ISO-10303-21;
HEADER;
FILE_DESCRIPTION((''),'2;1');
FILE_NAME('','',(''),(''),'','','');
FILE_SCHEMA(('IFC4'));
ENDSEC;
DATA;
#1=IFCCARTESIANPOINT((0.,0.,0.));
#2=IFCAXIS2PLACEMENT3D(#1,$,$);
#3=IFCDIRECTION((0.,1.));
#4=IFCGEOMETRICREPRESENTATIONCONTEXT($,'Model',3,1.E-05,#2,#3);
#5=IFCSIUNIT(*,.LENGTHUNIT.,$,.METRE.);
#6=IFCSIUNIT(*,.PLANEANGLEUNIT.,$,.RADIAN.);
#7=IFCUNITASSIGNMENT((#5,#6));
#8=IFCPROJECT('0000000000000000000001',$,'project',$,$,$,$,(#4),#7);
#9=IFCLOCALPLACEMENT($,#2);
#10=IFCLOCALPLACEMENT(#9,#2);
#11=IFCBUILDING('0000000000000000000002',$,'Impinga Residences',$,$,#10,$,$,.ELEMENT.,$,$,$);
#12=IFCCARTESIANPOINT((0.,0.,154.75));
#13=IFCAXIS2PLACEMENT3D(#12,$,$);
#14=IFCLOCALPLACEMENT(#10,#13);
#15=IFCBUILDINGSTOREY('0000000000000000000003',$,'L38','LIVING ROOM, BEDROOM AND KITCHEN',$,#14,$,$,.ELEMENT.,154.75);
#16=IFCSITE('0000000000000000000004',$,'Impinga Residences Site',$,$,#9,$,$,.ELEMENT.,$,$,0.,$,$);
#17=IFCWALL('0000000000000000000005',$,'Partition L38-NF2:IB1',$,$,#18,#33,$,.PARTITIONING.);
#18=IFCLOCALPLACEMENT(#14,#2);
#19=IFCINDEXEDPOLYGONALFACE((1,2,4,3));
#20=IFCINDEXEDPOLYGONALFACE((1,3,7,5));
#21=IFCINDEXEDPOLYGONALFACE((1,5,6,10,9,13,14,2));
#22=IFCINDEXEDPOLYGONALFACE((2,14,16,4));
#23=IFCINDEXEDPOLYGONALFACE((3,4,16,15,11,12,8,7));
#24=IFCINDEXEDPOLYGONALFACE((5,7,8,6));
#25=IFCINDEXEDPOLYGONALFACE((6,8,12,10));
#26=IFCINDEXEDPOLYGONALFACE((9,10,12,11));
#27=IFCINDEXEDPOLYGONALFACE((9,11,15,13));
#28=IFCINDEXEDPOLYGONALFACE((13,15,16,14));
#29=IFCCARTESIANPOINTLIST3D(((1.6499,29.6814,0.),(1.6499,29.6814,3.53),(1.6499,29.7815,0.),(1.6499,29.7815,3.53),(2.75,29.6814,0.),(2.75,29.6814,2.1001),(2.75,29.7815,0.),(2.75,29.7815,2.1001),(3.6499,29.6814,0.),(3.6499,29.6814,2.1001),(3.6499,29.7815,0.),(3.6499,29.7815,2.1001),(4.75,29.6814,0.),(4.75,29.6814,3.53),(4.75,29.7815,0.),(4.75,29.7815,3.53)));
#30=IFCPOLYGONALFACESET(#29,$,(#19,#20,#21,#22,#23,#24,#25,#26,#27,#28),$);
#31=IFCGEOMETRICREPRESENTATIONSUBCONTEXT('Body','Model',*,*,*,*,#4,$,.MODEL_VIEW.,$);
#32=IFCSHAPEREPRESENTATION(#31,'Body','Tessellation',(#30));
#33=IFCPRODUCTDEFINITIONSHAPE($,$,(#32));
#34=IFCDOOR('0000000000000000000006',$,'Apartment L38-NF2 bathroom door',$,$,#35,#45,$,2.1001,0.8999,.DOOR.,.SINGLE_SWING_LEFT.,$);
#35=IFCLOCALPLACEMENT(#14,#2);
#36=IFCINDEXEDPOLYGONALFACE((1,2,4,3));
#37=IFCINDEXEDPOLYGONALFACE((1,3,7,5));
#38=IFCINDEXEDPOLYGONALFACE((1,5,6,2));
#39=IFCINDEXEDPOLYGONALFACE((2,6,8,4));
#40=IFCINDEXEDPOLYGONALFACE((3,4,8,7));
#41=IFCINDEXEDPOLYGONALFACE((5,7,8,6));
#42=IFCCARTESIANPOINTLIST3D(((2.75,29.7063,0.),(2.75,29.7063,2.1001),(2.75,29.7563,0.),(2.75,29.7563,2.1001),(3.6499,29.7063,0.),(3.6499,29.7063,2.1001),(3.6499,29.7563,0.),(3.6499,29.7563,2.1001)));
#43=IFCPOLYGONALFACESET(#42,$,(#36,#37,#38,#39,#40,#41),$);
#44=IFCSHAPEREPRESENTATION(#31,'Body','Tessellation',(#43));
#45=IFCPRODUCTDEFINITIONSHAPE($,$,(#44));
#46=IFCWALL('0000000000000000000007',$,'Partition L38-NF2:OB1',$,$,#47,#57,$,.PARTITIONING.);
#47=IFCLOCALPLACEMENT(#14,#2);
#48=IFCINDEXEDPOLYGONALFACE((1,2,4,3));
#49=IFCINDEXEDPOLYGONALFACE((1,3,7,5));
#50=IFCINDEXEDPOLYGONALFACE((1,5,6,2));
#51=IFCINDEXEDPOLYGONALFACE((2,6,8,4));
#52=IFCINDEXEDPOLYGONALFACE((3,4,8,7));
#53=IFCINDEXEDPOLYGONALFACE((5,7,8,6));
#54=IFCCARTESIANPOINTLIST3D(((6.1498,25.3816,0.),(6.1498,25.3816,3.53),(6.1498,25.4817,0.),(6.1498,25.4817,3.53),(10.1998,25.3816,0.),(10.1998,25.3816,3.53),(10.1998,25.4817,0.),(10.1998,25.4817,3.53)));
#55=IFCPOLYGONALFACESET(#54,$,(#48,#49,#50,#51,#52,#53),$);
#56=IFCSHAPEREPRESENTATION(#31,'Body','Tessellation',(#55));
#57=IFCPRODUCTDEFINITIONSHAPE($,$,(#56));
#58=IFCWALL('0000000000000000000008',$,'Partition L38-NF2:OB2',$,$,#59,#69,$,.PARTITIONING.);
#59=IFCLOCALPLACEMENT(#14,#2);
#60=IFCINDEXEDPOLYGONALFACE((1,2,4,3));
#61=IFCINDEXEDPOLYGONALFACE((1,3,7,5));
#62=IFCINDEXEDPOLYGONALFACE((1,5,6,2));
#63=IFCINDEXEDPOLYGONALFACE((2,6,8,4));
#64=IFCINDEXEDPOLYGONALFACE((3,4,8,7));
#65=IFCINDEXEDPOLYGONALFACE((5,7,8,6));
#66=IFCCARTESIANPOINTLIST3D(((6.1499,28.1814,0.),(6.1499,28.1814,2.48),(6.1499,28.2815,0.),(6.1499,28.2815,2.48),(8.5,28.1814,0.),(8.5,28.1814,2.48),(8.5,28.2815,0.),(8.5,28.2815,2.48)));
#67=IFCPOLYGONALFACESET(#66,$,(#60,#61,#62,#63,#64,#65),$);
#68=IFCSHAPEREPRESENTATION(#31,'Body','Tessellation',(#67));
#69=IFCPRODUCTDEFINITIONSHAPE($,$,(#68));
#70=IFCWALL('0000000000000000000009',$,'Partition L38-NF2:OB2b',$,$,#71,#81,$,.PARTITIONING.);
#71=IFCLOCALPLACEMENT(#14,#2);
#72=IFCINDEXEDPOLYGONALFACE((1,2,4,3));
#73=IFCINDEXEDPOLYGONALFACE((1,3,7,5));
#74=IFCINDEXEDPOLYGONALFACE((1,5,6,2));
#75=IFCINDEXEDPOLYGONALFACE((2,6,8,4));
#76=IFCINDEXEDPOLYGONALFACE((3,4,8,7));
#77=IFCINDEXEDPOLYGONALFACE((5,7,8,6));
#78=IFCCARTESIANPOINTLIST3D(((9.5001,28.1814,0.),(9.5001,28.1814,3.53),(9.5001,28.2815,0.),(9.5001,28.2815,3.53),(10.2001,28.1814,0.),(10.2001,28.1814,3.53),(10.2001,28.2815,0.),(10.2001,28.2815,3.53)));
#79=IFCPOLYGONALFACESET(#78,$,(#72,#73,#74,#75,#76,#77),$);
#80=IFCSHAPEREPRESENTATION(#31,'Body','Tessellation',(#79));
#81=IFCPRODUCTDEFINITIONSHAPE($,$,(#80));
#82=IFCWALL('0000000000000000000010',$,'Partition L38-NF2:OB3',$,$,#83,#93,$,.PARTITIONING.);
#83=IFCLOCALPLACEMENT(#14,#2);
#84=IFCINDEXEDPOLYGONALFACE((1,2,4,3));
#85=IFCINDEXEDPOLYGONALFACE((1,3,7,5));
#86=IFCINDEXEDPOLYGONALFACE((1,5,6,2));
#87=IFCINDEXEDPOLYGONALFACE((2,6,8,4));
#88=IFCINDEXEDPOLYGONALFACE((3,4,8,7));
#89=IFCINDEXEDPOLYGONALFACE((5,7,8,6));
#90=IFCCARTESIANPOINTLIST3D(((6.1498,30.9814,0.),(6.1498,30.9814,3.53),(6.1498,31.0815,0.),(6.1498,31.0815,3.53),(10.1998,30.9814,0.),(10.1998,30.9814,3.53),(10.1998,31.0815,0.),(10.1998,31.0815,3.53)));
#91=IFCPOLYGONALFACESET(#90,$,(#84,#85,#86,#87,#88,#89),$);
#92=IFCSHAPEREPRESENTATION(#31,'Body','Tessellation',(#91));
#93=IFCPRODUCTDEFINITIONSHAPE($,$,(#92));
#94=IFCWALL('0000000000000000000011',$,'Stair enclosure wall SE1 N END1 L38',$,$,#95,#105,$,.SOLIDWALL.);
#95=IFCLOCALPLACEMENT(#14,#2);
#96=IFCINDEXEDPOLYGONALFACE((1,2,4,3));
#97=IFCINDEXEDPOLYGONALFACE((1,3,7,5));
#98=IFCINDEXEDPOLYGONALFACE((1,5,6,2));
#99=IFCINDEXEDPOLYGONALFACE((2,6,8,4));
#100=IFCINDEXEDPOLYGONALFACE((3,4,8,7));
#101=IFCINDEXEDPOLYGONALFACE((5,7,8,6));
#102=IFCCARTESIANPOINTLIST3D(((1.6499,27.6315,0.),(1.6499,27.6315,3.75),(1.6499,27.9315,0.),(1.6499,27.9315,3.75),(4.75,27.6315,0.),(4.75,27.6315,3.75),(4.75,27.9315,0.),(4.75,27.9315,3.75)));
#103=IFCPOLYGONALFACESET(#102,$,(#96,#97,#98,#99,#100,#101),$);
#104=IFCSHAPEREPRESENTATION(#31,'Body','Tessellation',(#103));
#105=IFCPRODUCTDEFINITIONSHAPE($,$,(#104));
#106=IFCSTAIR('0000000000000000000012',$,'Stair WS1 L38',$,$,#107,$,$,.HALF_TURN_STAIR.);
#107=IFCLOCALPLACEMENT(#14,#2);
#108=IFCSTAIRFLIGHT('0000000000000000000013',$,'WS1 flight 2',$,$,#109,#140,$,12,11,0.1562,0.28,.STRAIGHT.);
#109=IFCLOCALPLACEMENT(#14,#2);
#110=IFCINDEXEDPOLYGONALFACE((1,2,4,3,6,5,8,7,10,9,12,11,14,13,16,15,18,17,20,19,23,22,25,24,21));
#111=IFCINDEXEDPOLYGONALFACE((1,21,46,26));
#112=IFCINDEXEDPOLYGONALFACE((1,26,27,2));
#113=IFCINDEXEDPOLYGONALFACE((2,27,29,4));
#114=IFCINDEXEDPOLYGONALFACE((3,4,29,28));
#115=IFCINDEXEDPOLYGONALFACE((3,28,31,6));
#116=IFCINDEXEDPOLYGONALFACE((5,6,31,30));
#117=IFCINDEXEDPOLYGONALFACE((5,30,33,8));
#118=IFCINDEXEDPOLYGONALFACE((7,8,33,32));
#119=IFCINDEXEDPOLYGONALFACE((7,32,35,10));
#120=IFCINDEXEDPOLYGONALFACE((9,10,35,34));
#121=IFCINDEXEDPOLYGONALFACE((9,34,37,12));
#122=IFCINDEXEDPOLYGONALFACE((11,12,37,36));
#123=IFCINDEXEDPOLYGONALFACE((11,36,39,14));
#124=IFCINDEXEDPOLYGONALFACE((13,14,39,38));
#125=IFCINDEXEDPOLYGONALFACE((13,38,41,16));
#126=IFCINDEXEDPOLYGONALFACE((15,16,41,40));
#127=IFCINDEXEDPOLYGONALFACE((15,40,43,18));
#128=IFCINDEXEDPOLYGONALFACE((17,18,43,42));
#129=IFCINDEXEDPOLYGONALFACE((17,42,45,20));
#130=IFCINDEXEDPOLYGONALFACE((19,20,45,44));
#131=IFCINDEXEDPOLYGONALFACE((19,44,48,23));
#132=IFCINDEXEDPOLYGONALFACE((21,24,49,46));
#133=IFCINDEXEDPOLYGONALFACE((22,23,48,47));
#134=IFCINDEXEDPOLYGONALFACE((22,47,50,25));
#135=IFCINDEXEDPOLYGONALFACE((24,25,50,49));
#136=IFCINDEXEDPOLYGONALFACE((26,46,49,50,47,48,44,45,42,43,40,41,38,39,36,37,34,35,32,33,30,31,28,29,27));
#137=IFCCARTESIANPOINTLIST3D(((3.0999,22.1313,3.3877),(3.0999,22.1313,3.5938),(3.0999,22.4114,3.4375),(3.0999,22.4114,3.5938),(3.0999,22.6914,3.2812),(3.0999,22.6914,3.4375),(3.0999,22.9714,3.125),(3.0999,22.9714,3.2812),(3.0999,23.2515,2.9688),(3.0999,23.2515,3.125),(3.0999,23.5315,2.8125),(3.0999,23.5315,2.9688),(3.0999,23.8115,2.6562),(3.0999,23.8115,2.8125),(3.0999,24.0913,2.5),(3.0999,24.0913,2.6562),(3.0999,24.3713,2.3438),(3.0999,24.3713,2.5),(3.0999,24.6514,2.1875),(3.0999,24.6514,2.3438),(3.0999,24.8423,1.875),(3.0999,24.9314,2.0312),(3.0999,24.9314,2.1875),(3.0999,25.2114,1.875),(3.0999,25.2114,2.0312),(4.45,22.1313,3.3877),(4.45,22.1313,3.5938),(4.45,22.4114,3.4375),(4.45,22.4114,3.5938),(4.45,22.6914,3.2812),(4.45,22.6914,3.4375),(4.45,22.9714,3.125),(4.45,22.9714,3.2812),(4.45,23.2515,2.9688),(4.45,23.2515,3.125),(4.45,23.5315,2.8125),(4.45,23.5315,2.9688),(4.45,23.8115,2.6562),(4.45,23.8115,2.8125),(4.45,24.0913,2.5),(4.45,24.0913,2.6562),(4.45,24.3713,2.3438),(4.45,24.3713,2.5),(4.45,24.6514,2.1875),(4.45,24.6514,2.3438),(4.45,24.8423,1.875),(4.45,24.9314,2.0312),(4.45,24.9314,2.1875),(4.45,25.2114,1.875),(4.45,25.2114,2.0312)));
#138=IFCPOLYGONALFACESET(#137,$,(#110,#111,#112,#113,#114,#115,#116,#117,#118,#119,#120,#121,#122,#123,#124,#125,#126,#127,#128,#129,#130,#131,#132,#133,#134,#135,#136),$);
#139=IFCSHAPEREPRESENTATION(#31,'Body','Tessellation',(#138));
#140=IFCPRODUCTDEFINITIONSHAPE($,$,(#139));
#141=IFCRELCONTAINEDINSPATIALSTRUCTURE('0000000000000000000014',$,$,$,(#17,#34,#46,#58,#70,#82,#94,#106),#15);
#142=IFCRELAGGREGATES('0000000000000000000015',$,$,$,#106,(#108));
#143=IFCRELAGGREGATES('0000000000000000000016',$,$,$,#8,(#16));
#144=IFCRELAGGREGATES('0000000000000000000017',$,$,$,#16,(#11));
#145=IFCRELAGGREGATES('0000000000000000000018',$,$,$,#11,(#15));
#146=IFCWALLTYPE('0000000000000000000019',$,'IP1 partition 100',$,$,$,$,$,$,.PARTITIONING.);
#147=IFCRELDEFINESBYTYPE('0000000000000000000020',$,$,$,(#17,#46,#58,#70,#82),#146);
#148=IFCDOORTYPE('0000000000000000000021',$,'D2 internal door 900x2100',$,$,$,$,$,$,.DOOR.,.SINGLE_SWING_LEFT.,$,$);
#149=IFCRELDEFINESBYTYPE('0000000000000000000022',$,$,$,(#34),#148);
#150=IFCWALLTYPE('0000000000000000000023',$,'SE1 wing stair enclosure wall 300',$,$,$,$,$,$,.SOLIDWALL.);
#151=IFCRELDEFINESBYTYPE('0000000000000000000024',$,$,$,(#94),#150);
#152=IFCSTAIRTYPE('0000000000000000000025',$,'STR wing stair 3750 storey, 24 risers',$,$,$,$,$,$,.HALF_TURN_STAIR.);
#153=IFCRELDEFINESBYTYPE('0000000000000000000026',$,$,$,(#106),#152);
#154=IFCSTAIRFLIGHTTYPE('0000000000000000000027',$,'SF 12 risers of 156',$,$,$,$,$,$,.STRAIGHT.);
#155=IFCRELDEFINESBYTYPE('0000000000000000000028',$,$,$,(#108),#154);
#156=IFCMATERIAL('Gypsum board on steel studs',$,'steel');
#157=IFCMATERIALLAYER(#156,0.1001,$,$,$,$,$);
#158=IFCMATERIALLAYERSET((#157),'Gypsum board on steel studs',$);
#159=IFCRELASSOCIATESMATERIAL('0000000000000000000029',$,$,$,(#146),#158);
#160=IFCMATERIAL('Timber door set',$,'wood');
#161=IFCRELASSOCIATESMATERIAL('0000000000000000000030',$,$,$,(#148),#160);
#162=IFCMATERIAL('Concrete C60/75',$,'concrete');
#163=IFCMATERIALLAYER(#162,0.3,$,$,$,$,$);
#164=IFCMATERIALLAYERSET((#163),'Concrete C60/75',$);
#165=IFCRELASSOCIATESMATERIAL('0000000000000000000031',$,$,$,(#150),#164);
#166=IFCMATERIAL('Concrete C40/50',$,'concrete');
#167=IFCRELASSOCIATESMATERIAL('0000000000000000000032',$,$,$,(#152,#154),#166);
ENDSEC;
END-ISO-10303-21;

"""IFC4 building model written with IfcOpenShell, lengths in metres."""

from ifc_helpers import new_model, si_unit, direction, frame, frame_2d, origin, place, context, subcontext, project, spatial, polyline, rectangle, outline, extrude, material, layer, layer_set, type_object, element, fill, aggregate, save


model = new_model("IFC4")

# Units and contexts
model_context = context("Model", 3, precision=1e-05, world=origin(), true_north=direction((0.0, 1.0)))
body_context = subcontext(model_context, "Body", "Model", "MODEL_VIEW")
ifc_project = project(units=[si_unit("LENGTHUNIT", "METRE"), si_unit("PLANEANGLEUNIT", "RADIAN")], contexts=[model_context])

# Site, building, storey
site_placement = place(None, origin())
site = spatial("IfcSite", under=ifc_project, at=site_placement, Name="Impinga Residences Site", CompositionType="ELEMENT", RefElevation=0.0)
building_placement = place(site_placement, origin())
building = spatial("IfcBuilding", under=site, at=building_placement, Name="Impinga Residences", CompositionType="ELEMENT")
storey_placement = place(building_placement, frame((0.0, 0.0, 154.75)))
storey = spatial("IfcBuildingStorey", under=building, at=storey_placement, Name="L38", Description="LIVING ROOM, BEDROOM AND KITCHEN", CompositionType="ELEMENT", Elevation=154.75)

# Shared definitions
ifc_material_1 = material(Name="Concrete C60/75", Category="concrete")

# Shared definitions
ifc_material_2 = material(Name="Gypsum board on steel studs", Category="steel")
ifc_layer_1 = layer(ifc_material_2, 0.1001)
ifc_layer_set_1 = layer_set([ifc_layer_1], Name="Gypsum board on steel studs")
wall_type_1 = type_object("IfcWallType", Name="IP1 partition 100", PredefinedType="PARTITIONING", material=ifc_layer_set_1)

# Wall, opening, door
wall_1_placement = place(storey_placement, frame((1.6499, 29.7314, 0.0), z_axis=(0.0, 0.0, 1.0), x_axis=(1.0, 0.0, 0.0)))
wall_1 = element("IfcWall", 1, at=wall_1_placement, inside=storey, type_object=wall_type_1, Name="Partition L38-NF2:IB1", PredefinedType="PARTITIONING", context=body_context, shape_type="SweptSolid", body=[
    extrude(rectangle(XDim=3.1001, YDim=0.1001, at=frame_2d((1.55, 0.0))), origin(), (0.0, 0.0, 1.0), 3.53),
])
opening_1_placement = place(wall_1_placement, frame((1.1001, 0.0, 0.0)))
opening_1 = element("IfcOpeningElement", 2, at=opening_1_placement, cuts=wall_1, PredefinedType="OPENING", context=body_context, shape_type="SweptSolid", body=[
    extrude(rectangle(XDim=0.8999, YDim=2.1001, at=frame_2d((0.45, 1.05))), frame((0.0, 0.0601, 0.0), z_axis=(0.0, -1.0, 0.0), x_axis=(1.0, 0.0, 0.0)), (0.0, 0.0, 1.0), 0.1201),
])
ifc_material_3 = material(Name="Timber door set", Category="wood")
door_type = type_object("IfcDoorType", Name="D2 internal door 900x2100", OperationType="SINGLE_SWING_LEFT", PredefinedType="DOOR", material=ifc_material_3)
door_placement = place(opening_1_placement, origin())
door = element("IfcDoor", 3, at=door_placement, inside=storey, type_object=door_type, Name="Apartment L38-NF2 bathroom door", OperationType="SINGLE_SWING_LEFT", OverallHeight=2.1001, OverallWidth=0.8999, PredefinedType="DOOR", context=body_context, shape_type="SweptSolid", body=[
    extrude(rectangle(XDim=0.8999, YDim=2.1001, at=frame_2d((0.45, 1.05))), frame((0.0, 0.0249, 0.0), z_axis=(0.0, -1.0, 0.0), x_axis=(1.0, 0.0, 0.0)), (0.0, 0.0, 1.0), 0.05),
])
fill(opening_1, door)

# Walls
wall_2_placement = place(storey_placement, frame((6.1499, 25.4316, 0.0), z_axis=(0.0, 0.0, 1.0), x_axis=(1.0, 0.0, 0.0)))
element("IfcWall", 4, at=wall_2_placement, inside=storey, type_object=wall_type_1, Name="Partition L38-NF2:OB1", PredefinedType="PARTITIONING", context=body_context, shape_type="SweptSolid", body=[
    extrude(rectangle(XDim=4.05, YDim=0.1001, at=frame_2d((2.0249, 0.0))), origin(), (0.0, 0.0, 1.0), 3.53),
])
wall_3_placement = place(storey_placement, frame((6.1499, 28.2314, 0.0), z_axis=(0.0, 0.0, 1.0), x_axis=(1.0, 0.0, 0.0)))
element("IfcWall", 5, at=wall_3_placement, inside=storey, type_object=wall_type_1, Name="Partition L38-NF2:OB2", PredefinedType="PARTITIONING", context=body_context, shape_type="SweptSolid", body=[
    extrude(rectangle(XDim=2.3501, YDim=0.1001, at=frame_2d((1.175, 0.0))), origin(), (0.0, 0.0, 1.0), 2.48),
])
wall_4_placement = place(storey_placement, frame((9.5, 28.2314, 0.0), z_axis=(0.0, 0.0, 1.0), x_axis=(1.0, 0.0, 0.0)))
element("IfcWall", 6, at=wall_4_placement, inside=storey, type_object=wall_type_1, Name="Partition L38-NF2:OB2b", PredefinedType="PARTITIONING", context=body_context, shape_type="SweptSolid", body=[
    extrude(rectangle(XDim=0.7, YDim=0.1001, at=frame_2d((0.3501, 0.0))), origin(), (0.0, 0.0, 1.0), 3.53),
])
wall_5_placement = place(storey_placement, frame((6.1499, 31.0315, 0.0), z_axis=(0.0, 0.0, 1.0), x_axis=(1.0, 0.0, 0.0)))
element("IfcWall", 7, at=wall_5_placement, inside=storey, type_object=wall_type_1, Name="Partition L38-NF2:OB3", PredefinedType="PARTITIONING", context=body_context, shape_type="SweptSolid", body=[
    extrude(rectangle(XDim=4.05, YDim=0.1001, at=frame_2d((2.0249, 0.0))), origin(), (0.0, 0.0, 1.0), 3.53),
])
ifc_layer_2 = layer(ifc_material_1, 0.3)
ifc_layer_set_2 = layer_set([ifc_layer_2], Name="Concrete C60/75")
wall_type_2 = type_object("IfcWallType", Name="SE1 wing stair enclosure wall 300", PredefinedType="SOLIDWALL", material=ifc_layer_set_2)
wall_6_placement = place(storey_placement, frame((1.6499, 27.7815, 0.0), z_axis=(0.0, 0.0, 1.0), x_axis=(1.0, 0.0, 0.0)))
element("IfcWall", 8, at=wall_6_placement, inside=storey, type_object=wall_type_2, Name="Stair enclosure wall SE1 N END1 L38", PredefinedType="SOLIDWALL", context=body_context, shape_type="SweptSolid", body=[
    extrude(rectangle(XDim=3.1001, YDim=0.3, at=frame_2d((1.55, 0.0))), origin(), (0.0, 0.0, 1.0), 3.75),
])

# Stair, stair flight
ifc_material_4 = material(Name="Concrete C40/50", Category="concrete")
stair_type = type_object("IfcStairType", Name="STR wing stair 3750 storey, 24 risers", PredefinedType="HALF_TURN_STAIR", material=ifc_material_4)
stair_placement = place(storey_placement, origin())
stair = element("IfcStair", 9, at=stair_placement, inside=storey, type_object=stair_type, Name="Stair WS1 L38", PredefinedType="HALF_TURN_STAIR")
stair_flight_type = type_object("IfcStairFlightType", Name="SF 12 risers of 156", PredefinedType="STRAIGHT", material=ifc_material_4)
stair_flight_placement = place(storey_placement, frame((3.7749, 25.2114, 1.875), z_axis=(0.0, 0.0, 1.0), x_axis=(0.0, -1.0, 0.0)))
stair_flight = element("IfcStairFlight", 10, at=stair_flight_placement, type_object=stair_flight_type, Name="WS1 flight 2", NumberOfRisers=12, NumberOfTreads=11, PredefinedType="STRAIGHT", RiserHeight=0.1562, TreadLength=0.28, context=body_context, shape_type="SweptSolid", body=[
    extrude(outline(polyline([(0.0, 0.0), (0.0, 0.1562), (0.28, 0.1562), (0.28, 0.3125), (0.5601, 0.3125), (0.5601, 0.4688), (0.8401, 0.4688), (0.8401, 0.625), (1.1201, 0.625), (1.1201, 0.7812), (1.3999, 0.7812), (1.3999, 0.9375), (1.6799, 0.9375), (1.6799, 1.0938), (1.96, 1.0938), (1.96, 1.25), (2.24, 1.25), (2.24, 1.4062), (2.52, 1.4062), (2.52, 1.5625), (2.8, 1.5625), (2.8, 1.7188), (3.0801, 1.7188), (3.0801, 1.875), (3.0801, 1.5127), (0.3691, 0.0), (0.0, 0.0)])), frame((0.0, 0.675, 0.0), z_axis=(0.0, -1.0, 0.0), x_axis=(1.0, 0.0, 0.0)), (0.0, 0.0, 1.0), 1.3501),
])
aggregate(stair, [stair_flight])

save(model, "model.ifc")
